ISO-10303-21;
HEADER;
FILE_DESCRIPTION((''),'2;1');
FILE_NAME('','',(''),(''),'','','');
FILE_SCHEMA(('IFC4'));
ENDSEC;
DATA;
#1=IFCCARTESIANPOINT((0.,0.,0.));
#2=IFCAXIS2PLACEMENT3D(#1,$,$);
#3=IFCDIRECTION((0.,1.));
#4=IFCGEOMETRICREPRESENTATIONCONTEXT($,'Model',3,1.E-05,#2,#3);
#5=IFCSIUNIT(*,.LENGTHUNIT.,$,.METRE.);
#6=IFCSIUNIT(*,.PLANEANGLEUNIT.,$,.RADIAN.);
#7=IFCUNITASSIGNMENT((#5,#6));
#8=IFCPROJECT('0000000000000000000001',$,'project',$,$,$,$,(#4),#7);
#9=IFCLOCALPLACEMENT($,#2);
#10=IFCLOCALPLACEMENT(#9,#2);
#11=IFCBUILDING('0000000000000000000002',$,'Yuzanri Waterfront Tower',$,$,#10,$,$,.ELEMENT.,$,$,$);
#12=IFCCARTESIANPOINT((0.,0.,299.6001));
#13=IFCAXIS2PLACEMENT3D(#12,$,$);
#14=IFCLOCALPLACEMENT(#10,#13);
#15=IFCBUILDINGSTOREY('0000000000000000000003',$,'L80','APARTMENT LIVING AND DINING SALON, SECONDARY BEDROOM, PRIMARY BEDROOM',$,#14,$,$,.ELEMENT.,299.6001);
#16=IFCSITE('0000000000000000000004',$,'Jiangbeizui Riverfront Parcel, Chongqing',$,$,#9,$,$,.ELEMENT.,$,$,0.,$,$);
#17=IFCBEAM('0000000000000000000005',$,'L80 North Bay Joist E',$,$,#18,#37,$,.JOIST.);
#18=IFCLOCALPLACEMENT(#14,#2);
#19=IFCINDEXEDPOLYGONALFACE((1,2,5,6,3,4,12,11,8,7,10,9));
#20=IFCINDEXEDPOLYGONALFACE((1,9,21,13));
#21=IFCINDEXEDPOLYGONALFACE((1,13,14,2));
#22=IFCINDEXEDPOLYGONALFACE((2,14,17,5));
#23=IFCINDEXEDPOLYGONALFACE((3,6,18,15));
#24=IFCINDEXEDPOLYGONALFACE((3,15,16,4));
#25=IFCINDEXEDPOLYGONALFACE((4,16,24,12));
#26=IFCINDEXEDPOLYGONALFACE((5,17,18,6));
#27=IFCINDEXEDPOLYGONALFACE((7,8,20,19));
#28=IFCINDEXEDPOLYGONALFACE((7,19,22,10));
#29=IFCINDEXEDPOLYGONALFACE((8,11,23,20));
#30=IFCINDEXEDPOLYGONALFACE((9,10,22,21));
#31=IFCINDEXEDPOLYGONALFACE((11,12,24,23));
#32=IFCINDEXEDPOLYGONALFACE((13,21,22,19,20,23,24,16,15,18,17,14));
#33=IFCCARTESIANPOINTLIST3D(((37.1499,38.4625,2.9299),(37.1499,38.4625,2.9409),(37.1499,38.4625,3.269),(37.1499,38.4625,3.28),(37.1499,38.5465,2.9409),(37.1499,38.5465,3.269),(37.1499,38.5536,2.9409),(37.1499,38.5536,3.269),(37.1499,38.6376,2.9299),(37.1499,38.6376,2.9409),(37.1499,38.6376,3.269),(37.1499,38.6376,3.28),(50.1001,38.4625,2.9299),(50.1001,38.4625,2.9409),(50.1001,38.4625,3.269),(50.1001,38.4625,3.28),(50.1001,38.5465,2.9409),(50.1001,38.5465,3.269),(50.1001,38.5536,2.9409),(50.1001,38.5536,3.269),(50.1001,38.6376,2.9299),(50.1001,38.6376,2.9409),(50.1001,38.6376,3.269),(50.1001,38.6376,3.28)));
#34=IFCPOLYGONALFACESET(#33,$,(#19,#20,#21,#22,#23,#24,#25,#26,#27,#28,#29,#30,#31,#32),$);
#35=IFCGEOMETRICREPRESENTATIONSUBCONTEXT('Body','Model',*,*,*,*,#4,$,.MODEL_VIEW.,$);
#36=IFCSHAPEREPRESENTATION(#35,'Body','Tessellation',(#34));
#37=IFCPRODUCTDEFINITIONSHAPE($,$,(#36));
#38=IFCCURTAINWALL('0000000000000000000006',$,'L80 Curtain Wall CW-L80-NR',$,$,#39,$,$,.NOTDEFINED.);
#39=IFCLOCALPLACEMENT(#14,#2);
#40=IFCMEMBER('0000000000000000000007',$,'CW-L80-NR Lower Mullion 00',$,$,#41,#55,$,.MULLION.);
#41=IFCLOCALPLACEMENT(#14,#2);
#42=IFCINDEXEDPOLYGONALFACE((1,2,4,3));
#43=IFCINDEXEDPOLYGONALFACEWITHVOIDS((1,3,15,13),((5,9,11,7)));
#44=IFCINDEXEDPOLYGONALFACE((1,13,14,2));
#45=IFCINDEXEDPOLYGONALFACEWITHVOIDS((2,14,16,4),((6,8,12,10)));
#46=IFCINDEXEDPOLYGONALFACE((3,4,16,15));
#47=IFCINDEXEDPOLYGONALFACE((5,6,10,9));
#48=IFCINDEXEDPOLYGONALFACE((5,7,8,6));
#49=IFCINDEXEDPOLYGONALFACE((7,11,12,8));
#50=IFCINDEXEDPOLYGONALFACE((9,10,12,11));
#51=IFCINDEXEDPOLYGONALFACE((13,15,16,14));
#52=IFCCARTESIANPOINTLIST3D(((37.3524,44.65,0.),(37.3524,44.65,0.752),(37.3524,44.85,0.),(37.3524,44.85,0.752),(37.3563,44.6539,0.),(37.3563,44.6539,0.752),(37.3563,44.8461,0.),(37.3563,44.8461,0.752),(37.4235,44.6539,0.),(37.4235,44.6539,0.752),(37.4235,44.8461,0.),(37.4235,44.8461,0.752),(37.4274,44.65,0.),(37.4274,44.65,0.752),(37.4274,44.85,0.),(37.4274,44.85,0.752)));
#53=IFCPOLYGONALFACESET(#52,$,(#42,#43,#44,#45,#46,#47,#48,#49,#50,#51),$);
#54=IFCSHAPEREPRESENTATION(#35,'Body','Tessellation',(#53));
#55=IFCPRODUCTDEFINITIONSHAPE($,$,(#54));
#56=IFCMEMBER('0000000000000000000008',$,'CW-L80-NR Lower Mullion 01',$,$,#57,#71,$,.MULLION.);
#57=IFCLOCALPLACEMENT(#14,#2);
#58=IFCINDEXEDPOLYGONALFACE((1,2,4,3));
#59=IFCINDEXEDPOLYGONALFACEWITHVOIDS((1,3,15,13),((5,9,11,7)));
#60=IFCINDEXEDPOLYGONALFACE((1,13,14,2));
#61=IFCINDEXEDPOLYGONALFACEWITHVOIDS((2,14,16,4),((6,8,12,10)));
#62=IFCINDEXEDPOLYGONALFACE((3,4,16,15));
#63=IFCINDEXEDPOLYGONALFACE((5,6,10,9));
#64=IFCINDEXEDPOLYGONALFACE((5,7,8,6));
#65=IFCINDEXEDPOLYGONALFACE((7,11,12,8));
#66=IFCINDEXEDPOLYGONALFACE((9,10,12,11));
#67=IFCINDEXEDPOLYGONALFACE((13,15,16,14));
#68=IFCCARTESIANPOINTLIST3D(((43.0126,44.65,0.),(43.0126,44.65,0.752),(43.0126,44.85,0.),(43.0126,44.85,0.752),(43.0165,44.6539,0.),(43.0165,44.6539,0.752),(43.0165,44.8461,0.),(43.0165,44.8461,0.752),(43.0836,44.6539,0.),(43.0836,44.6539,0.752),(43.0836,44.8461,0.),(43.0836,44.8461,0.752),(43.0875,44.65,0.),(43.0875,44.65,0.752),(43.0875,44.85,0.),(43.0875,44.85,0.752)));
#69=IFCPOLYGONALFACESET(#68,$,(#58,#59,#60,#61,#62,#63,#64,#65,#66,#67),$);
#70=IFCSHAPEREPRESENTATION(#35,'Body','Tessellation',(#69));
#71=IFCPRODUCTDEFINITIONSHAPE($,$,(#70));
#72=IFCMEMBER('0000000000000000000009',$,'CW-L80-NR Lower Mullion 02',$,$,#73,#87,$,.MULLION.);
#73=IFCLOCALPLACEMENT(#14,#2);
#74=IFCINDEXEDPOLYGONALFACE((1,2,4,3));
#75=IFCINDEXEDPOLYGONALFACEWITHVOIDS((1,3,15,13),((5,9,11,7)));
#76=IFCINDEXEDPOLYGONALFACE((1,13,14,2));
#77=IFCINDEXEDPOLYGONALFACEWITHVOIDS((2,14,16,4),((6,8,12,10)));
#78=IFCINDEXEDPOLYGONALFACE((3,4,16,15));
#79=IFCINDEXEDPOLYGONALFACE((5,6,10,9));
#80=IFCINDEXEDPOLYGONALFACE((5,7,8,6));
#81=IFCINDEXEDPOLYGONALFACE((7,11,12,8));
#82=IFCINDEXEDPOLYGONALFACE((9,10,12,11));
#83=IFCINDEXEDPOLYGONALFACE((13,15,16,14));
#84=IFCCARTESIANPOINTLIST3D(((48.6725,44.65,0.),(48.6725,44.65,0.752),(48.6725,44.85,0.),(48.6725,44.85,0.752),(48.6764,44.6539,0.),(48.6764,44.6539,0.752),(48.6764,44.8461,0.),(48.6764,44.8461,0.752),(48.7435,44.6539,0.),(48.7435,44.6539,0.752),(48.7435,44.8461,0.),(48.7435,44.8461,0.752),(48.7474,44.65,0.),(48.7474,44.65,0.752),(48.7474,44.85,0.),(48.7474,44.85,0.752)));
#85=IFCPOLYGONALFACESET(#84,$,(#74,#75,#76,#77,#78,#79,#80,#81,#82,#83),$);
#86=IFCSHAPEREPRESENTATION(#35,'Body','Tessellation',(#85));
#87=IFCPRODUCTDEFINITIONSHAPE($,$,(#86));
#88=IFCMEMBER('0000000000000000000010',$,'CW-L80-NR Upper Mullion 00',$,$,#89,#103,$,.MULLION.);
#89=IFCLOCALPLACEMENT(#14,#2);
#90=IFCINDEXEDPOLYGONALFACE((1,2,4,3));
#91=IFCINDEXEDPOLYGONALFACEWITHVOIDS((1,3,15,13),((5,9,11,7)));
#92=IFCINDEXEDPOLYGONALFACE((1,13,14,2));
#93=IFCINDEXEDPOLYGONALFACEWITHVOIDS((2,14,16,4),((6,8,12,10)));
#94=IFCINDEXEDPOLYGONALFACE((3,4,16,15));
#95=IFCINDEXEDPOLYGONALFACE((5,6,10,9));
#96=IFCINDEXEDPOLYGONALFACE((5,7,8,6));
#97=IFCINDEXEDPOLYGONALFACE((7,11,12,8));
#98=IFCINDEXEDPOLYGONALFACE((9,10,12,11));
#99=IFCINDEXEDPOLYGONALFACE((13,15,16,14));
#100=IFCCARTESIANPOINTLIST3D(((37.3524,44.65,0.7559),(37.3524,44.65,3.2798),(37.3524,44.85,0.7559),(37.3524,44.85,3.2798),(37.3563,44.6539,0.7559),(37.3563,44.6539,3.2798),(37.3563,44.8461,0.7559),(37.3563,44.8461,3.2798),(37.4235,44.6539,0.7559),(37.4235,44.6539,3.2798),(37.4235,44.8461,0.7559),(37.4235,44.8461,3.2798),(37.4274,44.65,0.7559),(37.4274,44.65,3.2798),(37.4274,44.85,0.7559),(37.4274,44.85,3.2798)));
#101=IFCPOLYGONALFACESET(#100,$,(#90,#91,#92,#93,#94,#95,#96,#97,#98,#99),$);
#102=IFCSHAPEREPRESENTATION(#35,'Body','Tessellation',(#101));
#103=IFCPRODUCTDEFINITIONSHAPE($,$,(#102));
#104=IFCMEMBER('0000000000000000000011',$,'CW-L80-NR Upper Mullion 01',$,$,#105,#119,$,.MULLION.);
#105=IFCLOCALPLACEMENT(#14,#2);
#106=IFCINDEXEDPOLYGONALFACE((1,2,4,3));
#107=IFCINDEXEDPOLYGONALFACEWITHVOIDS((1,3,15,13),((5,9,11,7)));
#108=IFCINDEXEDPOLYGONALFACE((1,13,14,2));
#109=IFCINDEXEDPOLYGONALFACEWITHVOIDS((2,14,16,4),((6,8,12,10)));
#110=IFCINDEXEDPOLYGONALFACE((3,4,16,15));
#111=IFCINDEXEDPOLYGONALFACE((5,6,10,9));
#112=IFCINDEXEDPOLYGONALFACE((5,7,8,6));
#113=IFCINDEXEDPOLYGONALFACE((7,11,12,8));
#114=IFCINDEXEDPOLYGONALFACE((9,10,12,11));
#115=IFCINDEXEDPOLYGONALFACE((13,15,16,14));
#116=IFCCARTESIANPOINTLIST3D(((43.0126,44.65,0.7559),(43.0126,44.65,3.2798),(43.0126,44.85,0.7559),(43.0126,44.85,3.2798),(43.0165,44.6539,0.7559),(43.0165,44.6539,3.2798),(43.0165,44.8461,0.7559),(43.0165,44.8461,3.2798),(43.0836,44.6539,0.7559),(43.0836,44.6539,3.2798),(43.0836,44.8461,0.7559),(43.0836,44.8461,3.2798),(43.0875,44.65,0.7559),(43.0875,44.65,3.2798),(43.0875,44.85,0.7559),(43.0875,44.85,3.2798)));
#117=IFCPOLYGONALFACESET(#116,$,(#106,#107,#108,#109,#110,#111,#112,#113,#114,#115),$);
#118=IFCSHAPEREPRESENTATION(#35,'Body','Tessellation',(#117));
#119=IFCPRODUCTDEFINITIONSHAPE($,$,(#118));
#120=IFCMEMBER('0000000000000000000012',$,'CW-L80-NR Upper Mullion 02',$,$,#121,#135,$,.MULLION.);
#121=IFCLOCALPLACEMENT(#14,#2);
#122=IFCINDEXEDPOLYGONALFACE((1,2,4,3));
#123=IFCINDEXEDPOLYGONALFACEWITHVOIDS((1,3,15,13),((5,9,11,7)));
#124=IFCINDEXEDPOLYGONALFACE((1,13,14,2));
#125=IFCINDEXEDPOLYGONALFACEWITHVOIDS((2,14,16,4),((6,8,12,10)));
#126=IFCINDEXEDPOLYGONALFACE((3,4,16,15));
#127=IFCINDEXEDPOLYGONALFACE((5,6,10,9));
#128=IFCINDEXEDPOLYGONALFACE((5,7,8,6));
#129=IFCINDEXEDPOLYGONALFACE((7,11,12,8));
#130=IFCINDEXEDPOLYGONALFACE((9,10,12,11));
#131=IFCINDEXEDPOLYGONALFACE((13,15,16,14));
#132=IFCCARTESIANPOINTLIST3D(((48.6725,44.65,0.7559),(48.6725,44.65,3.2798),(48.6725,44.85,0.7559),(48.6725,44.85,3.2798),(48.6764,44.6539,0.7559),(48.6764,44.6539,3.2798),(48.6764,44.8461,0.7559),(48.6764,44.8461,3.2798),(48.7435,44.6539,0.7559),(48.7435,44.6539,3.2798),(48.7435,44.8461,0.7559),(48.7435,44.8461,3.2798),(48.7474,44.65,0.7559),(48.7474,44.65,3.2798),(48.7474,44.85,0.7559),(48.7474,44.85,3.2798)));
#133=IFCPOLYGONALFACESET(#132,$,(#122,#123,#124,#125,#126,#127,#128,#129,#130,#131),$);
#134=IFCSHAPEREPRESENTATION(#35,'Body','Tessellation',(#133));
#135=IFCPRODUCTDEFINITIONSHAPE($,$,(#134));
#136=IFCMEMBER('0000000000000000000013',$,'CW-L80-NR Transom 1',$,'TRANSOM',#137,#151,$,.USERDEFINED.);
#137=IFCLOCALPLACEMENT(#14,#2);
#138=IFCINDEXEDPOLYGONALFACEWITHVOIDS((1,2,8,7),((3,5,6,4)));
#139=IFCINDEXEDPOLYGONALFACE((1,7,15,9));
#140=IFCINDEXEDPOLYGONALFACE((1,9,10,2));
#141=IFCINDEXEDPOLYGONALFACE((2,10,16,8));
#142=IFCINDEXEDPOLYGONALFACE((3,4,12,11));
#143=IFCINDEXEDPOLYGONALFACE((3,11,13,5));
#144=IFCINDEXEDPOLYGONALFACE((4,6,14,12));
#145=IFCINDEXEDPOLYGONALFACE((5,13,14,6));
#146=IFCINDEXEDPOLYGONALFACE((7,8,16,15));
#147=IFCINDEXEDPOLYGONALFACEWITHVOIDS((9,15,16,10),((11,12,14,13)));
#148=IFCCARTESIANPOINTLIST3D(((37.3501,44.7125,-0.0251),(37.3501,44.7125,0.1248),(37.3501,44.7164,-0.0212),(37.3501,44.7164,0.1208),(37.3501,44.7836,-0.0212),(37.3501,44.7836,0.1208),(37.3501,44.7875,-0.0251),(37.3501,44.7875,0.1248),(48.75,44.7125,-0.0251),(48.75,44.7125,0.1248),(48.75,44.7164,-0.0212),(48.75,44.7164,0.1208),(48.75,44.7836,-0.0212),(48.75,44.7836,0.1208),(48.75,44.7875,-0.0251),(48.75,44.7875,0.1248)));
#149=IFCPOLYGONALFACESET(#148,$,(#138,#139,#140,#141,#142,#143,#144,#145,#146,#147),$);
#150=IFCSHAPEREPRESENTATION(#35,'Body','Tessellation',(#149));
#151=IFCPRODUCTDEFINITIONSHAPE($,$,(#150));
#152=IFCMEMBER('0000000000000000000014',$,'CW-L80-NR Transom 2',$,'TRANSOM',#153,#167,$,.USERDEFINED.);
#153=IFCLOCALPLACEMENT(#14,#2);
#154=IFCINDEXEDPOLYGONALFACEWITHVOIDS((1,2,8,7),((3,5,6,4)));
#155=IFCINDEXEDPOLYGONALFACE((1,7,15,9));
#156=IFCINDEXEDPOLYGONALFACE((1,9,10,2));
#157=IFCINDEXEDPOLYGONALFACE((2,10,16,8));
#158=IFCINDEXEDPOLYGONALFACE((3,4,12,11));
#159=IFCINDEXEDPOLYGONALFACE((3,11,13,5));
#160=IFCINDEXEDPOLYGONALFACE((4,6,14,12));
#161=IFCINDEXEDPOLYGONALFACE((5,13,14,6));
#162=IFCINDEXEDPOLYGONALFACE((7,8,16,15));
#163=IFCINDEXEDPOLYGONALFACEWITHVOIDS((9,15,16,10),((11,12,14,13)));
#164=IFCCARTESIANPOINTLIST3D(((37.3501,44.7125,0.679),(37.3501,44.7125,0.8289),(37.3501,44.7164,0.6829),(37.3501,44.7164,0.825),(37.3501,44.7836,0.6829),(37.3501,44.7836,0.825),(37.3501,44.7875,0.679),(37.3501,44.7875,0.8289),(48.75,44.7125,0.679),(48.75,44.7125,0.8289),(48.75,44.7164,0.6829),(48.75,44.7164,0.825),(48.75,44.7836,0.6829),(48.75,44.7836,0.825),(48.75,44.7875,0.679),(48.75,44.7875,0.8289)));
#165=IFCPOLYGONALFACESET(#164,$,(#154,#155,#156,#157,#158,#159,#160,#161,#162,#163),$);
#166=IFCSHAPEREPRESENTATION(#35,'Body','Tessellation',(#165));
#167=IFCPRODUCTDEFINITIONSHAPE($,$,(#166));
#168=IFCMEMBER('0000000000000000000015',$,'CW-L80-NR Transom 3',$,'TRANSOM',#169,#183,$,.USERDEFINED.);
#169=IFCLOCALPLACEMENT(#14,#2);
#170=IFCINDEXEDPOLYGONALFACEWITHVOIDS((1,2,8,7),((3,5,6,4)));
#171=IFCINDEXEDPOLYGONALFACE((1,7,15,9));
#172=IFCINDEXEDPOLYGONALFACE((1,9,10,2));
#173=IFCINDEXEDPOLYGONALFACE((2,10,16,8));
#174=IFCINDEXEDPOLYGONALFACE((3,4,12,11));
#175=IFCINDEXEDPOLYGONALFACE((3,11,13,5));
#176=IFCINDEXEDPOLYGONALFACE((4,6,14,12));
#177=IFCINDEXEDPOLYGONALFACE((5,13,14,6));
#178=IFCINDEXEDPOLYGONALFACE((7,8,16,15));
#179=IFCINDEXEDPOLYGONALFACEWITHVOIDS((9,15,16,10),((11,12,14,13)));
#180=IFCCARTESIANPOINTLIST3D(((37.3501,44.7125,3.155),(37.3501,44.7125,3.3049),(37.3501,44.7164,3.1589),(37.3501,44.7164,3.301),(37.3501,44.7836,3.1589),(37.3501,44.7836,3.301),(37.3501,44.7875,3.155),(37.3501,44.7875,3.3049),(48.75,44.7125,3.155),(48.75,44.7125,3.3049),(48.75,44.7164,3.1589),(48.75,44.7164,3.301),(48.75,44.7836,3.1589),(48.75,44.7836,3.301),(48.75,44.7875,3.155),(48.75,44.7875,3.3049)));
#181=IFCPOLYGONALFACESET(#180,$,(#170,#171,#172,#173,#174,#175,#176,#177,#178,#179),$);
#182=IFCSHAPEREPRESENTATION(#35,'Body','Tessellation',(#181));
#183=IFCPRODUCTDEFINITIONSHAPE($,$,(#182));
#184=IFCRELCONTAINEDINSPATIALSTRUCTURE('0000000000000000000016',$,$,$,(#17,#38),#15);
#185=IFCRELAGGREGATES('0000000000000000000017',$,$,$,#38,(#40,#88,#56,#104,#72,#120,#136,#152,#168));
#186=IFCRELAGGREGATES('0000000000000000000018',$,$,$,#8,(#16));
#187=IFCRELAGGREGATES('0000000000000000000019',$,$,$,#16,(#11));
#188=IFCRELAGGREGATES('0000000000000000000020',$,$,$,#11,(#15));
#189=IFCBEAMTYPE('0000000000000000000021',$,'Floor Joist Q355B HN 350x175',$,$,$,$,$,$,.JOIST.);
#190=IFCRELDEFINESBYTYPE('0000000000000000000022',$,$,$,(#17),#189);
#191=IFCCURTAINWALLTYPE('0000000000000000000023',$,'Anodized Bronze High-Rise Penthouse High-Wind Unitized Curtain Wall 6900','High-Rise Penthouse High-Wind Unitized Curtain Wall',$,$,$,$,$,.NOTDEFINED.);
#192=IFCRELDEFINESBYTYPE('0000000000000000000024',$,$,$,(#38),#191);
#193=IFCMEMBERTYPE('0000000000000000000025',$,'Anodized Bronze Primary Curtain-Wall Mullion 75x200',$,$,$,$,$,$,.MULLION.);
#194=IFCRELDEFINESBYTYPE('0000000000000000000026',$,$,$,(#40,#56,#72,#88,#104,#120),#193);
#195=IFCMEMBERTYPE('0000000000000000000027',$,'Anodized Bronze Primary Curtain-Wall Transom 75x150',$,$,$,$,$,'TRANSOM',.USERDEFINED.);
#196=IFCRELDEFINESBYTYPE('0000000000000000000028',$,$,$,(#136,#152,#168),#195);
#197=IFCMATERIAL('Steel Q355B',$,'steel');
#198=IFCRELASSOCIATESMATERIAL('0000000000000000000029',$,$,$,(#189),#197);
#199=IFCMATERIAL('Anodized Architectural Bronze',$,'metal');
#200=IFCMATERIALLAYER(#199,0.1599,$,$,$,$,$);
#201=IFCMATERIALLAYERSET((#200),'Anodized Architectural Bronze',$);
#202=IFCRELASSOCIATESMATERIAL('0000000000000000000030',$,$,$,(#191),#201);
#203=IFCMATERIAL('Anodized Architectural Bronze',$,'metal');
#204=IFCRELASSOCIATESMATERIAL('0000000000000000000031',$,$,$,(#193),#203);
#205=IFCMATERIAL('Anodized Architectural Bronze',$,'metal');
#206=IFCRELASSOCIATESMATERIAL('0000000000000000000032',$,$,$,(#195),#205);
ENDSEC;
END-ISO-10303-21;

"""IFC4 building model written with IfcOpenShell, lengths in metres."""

from ifc_helpers import new_model, si_unit, direction, frame, origin, origin_2d, place, context, subcontext, project, spatial, hollow_rectangle, i_section, extrude, source, transform, mapped, material, layer, layer_set, material_profile, profile_set, type_object, element, aggregate, save


model = new_model("IFC4")

# Units and contexts
model_context = context("Model", 3, precision=1e-05, world=origin(), true_north=direction((0.0, 1.0)))
body_context = subcontext(model_context, "Body", "Model", "MODEL_VIEW")
ifc_project = project(units=[si_unit("LENGTHUNIT", "METRE"), si_unit("PLANEANGLEUNIT", "RADIAN")], contexts=[model_context])

# Site, building, storey
site_placement = place(None, origin())
site = spatial("IfcSite", under=ifc_project, at=site_placement, Name="Jiangbeizui Riverfront Parcel, Chongqing", CompositionType="ELEMENT", RefElevation=0.0)
building_placement = place(site_placement, origin())
building = spatial("IfcBuilding", under=site, at=building_placement, Name="Yuzanri Waterfront Tower", CompositionType="ELEMENT")
storey_placement = place(building_placement, frame((0.0, 0.0, 299.6001)))
storey = spatial("IfcBuildingStorey", under=building, at=storey_placement, Name="L80", Description="APARTMENT LIVING AND DINING SALON, SECONDARY BEDROOM, PRIMARY BEDROOM", CompositionType="ELEMENT", Elevation=299.6001)

# Beam
ifc_material_1 = material(Name="Steel Q355B", Category="steel")
ifc_material_profile_1 = material_profile(ifc_material_1, i_section(OverallWidth=0.175, OverallDepth=0.3501, WebThickness=0.0071, FlangeThickness=0.011, at=origin_2d()), Name="HN 350x175x7x11")
ifc_profile_set_1 = profile_set([ifc_material_profile_1], Name="Steel Q355B")
beam_type = type_object("IfcBeamType", Name="Floor Joist Q355B HN 350x175", PredefinedType="JOIST", material=ifc_profile_set_1)
shared_shape_1 = source(origin(), body_context, "Body", "SweptSolid", [
    extrude(i_section(OverallWidth=0.175, OverallDepth=0.3501, WebThickness=0.0071, FlangeThickness=0.011, at=origin_2d()), origin(), (0.0, 0.0, 1.0), 12.9502),
])
beam_placement = place(storey_placement, frame((37.1499, 38.55, 3.105), z_axis=(1.0, 0.0, 0.0), x_axis=(0.0, 1.0, 0.0)))
element("IfcBeam", 1, at=beam_placement, inside=storey, type_object=beam_type, Name="L80 North Bay Joist E", PredefinedType="JOIST", context=body_context, shape_type="MappedRepresentation", body=[
    mapped(shared_shape_1, transform((0.0, 0.0, 0.0), scale=1.0)),
])

# Curtain wall, members
ifc_material_2 = material(Name="Anodized Architectural Bronze", Category="metal")
ifc_layer_1 = layer(ifc_material_2, 0.1599)
ifc_layer_set_1 = layer_set([ifc_layer_1], Name="Anodized Architectural Bronze")
curtain_wall_type = type_object("IfcCurtainWallType", Name="Anodized Bronze High-Rise Penthouse High-Wind Unitized Curtain Wall 6900", Description="High-Rise Penthouse High-Wind Unitized Curtain Wall", PredefinedType="NOTDEFINED", material=ifc_layer_set_1)
curtain_wall_placement = place(storey_placement, origin())
curtain_wall = element("IfcCurtainWall", 2, at=curtain_wall_placement, inside=storey, type_object=curtain_wall_type, Name="L80 Curtain Wall CW-L80-NR", PredefinedType="NOTDEFINED")
ifc_material_3 = material(Name="Anodized Architectural Bronze", Category="metal")
ifc_material_profile_2 = material_profile(ifc_material_3, hollow_rectangle(XDim=0.075, YDim=0.2, WallThickness=0.0039, at=origin_2d()), Name="CWM 75x200")
ifc_profile_set_2 = profile_set([ifc_material_profile_2], Name="Anodized Architectural Bronze")
member_type_1 = type_object("IfcMemberType", Name="Anodized Bronze Primary Curtain-Wall Mullion 75x200", PredefinedType="MULLION", material=ifc_profile_set_2)
shared_shape_2 = source(origin(), body_context, "Body", "SweptSolid", [
    extrude(hollow_rectangle(XDim=0.075, YDim=0.2, WallThickness=0.0039, at=origin_2d()), origin(), (0.0, 0.0, 1.0), 0.752),
])
member_1_placement = place(storey_placement, frame((37.3899, 44.75, 0.0), z_axis=(0.0, 0.0, 1.0), x_axis=(1.0, 0.0, 0.0)))
member_1 = element("IfcMember", 3, at=member_1_placement, type_object=member_type_1, Name="CW-L80-NR Lower Mullion 00", PredefinedType="MULLION", context=body_context, shape_type="MappedRepresentation", body=[
    mapped(shared_shape_2, transform((0.0, 0.0, 0.0), scale=1.0)),
])
member_2_placement = place(storey_placement, frame((43.05, 44.75, 0.0), z_axis=(0.0, 0.0, 1.0), x_axis=(1.0, 0.0, 0.0)))
member_2 = element("IfcMember", 4, at=member_2_placement, type_object=member_type_1, Name="CW-L80-NR Lower Mullion 01", PredefinedType="MULLION", context=body_context, shape_type="MappedRepresentation", body=[
    mapped(shared_shape_2, transform((0.0, 0.0, 0.0), scale=1.0)),
])
member_3_placement = place(storey_placement, frame((48.71, 44.75, 0.0), z_axis=(0.0, 0.0, 1.0), x_axis=(1.0, 0.0, 0.0)))
member_3 = element("IfcMember", 5, at=member_3_placement, type_object=member_type_1, Name="CW-L80-NR Lower Mullion 02", PredefinedType="MULLION", context=body_context, shape_type="MappedRepresentation", body=[
    mapped(shared_shape_2, transform((0.0, 0.0, 0.0), scale=1.0)),
])
shared_shape_3 = source(origin(), body_context, "Body", "SweptSolid", [
    extrude(hollow_rectangle(XDim=0.075, YDim=0.2, WallThickness=0.0039, at=origin_2d()), origin(), (0.0, 0.0, 1.0), 2.5239),
])
member_4_placement = place(storey_placement, frame((37.3899, 44.75, 0.7559), z_axis=(0.0, 0.0, 1.0), x_axis=(1.0, 0.0, 0.0)))
member_4 = element("IfcMember", 6, at=member_4_placement, type_object=member_type_1, Name="CW-L80-NR Upper Mullion 00", PredefinedType="MULLION", context=body_context, shape_type="MappedRepresentation", body=[
    mapped(shared_shape_3, transform((0.0, 0.0, 0.0), scale=1.0)),
])
member_5_placement = place(storey_placement, frame((43.05, 44.75, 0.7559), z_axis=(0.0, 0.0, 1.0), x_axis=(1.0, 0.0, 0.0)))
member_5 = element("IfcMember", 7, at=member_5_placement, type_object=member_type_1, Name="CW-L80-NR Upper Mullion 01", PredefinedType="MULLION", context=body_context, shape_type="MappedRepresentation", body=[
    mapped(shared_shape_3, transform((0.0, 0.0, 0.0), scale=1.0)),
])
member_6_placement = place(storey_placement, frame((48.71, 44.75, 0.7559), z_axis=(0.0, 0.0, 1.0), x_axis=(1.0, 0.0, 0.0)))
member_6 = element("IfcMember", 8, at=member_6_placement, type_object=member_type_1, Name="CW-L80-NR Upper Mullion 02", PredefinedType="MULLION", context=body_context, shape_type="MappedRepresentation", body=[
    mapped(shared_shape_3, transform((0.0, 0.0, 0.0), scale=1.0)),
])
ifc_material_4 = material(Name="Anodized Architectural Bronze", Category="metal")
ifc_material_profile_3 = material_profile(ifc_material_4, hollow_rectangle(XDim=0.075, YDim=0.1499, WallThickness=0.0039, at=origin_2d()), Name="CWT 75x150")
ifc_profile_set_3 = profile_set([ifc_material_profile_3], Name="Anodized Architectural Bronze")
member_type_2 = type_object("IfcMemberType", Name="Anodized Bronze Primary Curtain-Wall Transom 75x150", ElementType="TRANSOM", PredefinedType="USERDEFINED", material=ifc_profile_set_3)
shared_shape_4 = source(origin(), body_context, "Body", "SweptSolid", [
    extrude(hollow_rectangle(XDim=0.075, YDim=0.1499, WallThickness=0.0039, at=origin_2d()), origin(), (0.0, 0.0, 1.0), 11.3999),
])
member_7_placement = place(storey_placement, frame((37.3501, 44.75, 0.0498), z_axis=(1.0, 0.0, 0.0), x_axis=(0.0, 1.0, 0.0)))
member_7 = element("IfcMember", 9, at=member_7_placement, type_object=member_type_2, Name="CW-L80-NR Transom 1", ObjectType="TRANSOM", PredefinedType="USERDEFINED", context=body_context, shape_type="MappedRepresentation", body=[
    mapped(shared_shape_4, transform((0.0, 0.0, 0.0), scale=1.0)),
])
member_8_placement = place(storey_placement, frame((37.3501, 44.75, 0.7539), z_axis=(1.0, 0.0, 0.0), x_axis=(0.0, 1.0, 0.0)))
member_8 = element("IfcMember", 10, at=member_8_placement, type_object=member_type_2, Name="CW-L80-NR Transom 2", ObjectType="TRANSOM", PredefinedType="USERDEFINED", context=body_context, shape_type="MappedRepresentation", body=[
    mapped(shared_shape_4, transform((0.0, 0.0, 0.0), scale=1.0)),
])
member_9_placement = place(storey_placement, frame((37.3501, 44.75, 3.23), z_axis=(1.0, 0.0, 0.0), x_axis=(0.0, 1.0, 0.0)))
member_9 = element("IfcMember", 11, at=member_9_placement, type_object=member_type_2, Name="CW-L80-NR Transom 3", ObjectType="TRANSOM", PredefinedType="USERDEFINED", context=body_context, shape_type="MappedRepresentation", body=[
    mapped(shared_shape_4, transform((0.0, 0.0, 0.0), scale=1.0)),
])
aggregate(curtain_wall, [member_1, member_4, member_2, member_5, member_3, member_6, member_7, member_8, member_9])

save(model, "model.ifc")
